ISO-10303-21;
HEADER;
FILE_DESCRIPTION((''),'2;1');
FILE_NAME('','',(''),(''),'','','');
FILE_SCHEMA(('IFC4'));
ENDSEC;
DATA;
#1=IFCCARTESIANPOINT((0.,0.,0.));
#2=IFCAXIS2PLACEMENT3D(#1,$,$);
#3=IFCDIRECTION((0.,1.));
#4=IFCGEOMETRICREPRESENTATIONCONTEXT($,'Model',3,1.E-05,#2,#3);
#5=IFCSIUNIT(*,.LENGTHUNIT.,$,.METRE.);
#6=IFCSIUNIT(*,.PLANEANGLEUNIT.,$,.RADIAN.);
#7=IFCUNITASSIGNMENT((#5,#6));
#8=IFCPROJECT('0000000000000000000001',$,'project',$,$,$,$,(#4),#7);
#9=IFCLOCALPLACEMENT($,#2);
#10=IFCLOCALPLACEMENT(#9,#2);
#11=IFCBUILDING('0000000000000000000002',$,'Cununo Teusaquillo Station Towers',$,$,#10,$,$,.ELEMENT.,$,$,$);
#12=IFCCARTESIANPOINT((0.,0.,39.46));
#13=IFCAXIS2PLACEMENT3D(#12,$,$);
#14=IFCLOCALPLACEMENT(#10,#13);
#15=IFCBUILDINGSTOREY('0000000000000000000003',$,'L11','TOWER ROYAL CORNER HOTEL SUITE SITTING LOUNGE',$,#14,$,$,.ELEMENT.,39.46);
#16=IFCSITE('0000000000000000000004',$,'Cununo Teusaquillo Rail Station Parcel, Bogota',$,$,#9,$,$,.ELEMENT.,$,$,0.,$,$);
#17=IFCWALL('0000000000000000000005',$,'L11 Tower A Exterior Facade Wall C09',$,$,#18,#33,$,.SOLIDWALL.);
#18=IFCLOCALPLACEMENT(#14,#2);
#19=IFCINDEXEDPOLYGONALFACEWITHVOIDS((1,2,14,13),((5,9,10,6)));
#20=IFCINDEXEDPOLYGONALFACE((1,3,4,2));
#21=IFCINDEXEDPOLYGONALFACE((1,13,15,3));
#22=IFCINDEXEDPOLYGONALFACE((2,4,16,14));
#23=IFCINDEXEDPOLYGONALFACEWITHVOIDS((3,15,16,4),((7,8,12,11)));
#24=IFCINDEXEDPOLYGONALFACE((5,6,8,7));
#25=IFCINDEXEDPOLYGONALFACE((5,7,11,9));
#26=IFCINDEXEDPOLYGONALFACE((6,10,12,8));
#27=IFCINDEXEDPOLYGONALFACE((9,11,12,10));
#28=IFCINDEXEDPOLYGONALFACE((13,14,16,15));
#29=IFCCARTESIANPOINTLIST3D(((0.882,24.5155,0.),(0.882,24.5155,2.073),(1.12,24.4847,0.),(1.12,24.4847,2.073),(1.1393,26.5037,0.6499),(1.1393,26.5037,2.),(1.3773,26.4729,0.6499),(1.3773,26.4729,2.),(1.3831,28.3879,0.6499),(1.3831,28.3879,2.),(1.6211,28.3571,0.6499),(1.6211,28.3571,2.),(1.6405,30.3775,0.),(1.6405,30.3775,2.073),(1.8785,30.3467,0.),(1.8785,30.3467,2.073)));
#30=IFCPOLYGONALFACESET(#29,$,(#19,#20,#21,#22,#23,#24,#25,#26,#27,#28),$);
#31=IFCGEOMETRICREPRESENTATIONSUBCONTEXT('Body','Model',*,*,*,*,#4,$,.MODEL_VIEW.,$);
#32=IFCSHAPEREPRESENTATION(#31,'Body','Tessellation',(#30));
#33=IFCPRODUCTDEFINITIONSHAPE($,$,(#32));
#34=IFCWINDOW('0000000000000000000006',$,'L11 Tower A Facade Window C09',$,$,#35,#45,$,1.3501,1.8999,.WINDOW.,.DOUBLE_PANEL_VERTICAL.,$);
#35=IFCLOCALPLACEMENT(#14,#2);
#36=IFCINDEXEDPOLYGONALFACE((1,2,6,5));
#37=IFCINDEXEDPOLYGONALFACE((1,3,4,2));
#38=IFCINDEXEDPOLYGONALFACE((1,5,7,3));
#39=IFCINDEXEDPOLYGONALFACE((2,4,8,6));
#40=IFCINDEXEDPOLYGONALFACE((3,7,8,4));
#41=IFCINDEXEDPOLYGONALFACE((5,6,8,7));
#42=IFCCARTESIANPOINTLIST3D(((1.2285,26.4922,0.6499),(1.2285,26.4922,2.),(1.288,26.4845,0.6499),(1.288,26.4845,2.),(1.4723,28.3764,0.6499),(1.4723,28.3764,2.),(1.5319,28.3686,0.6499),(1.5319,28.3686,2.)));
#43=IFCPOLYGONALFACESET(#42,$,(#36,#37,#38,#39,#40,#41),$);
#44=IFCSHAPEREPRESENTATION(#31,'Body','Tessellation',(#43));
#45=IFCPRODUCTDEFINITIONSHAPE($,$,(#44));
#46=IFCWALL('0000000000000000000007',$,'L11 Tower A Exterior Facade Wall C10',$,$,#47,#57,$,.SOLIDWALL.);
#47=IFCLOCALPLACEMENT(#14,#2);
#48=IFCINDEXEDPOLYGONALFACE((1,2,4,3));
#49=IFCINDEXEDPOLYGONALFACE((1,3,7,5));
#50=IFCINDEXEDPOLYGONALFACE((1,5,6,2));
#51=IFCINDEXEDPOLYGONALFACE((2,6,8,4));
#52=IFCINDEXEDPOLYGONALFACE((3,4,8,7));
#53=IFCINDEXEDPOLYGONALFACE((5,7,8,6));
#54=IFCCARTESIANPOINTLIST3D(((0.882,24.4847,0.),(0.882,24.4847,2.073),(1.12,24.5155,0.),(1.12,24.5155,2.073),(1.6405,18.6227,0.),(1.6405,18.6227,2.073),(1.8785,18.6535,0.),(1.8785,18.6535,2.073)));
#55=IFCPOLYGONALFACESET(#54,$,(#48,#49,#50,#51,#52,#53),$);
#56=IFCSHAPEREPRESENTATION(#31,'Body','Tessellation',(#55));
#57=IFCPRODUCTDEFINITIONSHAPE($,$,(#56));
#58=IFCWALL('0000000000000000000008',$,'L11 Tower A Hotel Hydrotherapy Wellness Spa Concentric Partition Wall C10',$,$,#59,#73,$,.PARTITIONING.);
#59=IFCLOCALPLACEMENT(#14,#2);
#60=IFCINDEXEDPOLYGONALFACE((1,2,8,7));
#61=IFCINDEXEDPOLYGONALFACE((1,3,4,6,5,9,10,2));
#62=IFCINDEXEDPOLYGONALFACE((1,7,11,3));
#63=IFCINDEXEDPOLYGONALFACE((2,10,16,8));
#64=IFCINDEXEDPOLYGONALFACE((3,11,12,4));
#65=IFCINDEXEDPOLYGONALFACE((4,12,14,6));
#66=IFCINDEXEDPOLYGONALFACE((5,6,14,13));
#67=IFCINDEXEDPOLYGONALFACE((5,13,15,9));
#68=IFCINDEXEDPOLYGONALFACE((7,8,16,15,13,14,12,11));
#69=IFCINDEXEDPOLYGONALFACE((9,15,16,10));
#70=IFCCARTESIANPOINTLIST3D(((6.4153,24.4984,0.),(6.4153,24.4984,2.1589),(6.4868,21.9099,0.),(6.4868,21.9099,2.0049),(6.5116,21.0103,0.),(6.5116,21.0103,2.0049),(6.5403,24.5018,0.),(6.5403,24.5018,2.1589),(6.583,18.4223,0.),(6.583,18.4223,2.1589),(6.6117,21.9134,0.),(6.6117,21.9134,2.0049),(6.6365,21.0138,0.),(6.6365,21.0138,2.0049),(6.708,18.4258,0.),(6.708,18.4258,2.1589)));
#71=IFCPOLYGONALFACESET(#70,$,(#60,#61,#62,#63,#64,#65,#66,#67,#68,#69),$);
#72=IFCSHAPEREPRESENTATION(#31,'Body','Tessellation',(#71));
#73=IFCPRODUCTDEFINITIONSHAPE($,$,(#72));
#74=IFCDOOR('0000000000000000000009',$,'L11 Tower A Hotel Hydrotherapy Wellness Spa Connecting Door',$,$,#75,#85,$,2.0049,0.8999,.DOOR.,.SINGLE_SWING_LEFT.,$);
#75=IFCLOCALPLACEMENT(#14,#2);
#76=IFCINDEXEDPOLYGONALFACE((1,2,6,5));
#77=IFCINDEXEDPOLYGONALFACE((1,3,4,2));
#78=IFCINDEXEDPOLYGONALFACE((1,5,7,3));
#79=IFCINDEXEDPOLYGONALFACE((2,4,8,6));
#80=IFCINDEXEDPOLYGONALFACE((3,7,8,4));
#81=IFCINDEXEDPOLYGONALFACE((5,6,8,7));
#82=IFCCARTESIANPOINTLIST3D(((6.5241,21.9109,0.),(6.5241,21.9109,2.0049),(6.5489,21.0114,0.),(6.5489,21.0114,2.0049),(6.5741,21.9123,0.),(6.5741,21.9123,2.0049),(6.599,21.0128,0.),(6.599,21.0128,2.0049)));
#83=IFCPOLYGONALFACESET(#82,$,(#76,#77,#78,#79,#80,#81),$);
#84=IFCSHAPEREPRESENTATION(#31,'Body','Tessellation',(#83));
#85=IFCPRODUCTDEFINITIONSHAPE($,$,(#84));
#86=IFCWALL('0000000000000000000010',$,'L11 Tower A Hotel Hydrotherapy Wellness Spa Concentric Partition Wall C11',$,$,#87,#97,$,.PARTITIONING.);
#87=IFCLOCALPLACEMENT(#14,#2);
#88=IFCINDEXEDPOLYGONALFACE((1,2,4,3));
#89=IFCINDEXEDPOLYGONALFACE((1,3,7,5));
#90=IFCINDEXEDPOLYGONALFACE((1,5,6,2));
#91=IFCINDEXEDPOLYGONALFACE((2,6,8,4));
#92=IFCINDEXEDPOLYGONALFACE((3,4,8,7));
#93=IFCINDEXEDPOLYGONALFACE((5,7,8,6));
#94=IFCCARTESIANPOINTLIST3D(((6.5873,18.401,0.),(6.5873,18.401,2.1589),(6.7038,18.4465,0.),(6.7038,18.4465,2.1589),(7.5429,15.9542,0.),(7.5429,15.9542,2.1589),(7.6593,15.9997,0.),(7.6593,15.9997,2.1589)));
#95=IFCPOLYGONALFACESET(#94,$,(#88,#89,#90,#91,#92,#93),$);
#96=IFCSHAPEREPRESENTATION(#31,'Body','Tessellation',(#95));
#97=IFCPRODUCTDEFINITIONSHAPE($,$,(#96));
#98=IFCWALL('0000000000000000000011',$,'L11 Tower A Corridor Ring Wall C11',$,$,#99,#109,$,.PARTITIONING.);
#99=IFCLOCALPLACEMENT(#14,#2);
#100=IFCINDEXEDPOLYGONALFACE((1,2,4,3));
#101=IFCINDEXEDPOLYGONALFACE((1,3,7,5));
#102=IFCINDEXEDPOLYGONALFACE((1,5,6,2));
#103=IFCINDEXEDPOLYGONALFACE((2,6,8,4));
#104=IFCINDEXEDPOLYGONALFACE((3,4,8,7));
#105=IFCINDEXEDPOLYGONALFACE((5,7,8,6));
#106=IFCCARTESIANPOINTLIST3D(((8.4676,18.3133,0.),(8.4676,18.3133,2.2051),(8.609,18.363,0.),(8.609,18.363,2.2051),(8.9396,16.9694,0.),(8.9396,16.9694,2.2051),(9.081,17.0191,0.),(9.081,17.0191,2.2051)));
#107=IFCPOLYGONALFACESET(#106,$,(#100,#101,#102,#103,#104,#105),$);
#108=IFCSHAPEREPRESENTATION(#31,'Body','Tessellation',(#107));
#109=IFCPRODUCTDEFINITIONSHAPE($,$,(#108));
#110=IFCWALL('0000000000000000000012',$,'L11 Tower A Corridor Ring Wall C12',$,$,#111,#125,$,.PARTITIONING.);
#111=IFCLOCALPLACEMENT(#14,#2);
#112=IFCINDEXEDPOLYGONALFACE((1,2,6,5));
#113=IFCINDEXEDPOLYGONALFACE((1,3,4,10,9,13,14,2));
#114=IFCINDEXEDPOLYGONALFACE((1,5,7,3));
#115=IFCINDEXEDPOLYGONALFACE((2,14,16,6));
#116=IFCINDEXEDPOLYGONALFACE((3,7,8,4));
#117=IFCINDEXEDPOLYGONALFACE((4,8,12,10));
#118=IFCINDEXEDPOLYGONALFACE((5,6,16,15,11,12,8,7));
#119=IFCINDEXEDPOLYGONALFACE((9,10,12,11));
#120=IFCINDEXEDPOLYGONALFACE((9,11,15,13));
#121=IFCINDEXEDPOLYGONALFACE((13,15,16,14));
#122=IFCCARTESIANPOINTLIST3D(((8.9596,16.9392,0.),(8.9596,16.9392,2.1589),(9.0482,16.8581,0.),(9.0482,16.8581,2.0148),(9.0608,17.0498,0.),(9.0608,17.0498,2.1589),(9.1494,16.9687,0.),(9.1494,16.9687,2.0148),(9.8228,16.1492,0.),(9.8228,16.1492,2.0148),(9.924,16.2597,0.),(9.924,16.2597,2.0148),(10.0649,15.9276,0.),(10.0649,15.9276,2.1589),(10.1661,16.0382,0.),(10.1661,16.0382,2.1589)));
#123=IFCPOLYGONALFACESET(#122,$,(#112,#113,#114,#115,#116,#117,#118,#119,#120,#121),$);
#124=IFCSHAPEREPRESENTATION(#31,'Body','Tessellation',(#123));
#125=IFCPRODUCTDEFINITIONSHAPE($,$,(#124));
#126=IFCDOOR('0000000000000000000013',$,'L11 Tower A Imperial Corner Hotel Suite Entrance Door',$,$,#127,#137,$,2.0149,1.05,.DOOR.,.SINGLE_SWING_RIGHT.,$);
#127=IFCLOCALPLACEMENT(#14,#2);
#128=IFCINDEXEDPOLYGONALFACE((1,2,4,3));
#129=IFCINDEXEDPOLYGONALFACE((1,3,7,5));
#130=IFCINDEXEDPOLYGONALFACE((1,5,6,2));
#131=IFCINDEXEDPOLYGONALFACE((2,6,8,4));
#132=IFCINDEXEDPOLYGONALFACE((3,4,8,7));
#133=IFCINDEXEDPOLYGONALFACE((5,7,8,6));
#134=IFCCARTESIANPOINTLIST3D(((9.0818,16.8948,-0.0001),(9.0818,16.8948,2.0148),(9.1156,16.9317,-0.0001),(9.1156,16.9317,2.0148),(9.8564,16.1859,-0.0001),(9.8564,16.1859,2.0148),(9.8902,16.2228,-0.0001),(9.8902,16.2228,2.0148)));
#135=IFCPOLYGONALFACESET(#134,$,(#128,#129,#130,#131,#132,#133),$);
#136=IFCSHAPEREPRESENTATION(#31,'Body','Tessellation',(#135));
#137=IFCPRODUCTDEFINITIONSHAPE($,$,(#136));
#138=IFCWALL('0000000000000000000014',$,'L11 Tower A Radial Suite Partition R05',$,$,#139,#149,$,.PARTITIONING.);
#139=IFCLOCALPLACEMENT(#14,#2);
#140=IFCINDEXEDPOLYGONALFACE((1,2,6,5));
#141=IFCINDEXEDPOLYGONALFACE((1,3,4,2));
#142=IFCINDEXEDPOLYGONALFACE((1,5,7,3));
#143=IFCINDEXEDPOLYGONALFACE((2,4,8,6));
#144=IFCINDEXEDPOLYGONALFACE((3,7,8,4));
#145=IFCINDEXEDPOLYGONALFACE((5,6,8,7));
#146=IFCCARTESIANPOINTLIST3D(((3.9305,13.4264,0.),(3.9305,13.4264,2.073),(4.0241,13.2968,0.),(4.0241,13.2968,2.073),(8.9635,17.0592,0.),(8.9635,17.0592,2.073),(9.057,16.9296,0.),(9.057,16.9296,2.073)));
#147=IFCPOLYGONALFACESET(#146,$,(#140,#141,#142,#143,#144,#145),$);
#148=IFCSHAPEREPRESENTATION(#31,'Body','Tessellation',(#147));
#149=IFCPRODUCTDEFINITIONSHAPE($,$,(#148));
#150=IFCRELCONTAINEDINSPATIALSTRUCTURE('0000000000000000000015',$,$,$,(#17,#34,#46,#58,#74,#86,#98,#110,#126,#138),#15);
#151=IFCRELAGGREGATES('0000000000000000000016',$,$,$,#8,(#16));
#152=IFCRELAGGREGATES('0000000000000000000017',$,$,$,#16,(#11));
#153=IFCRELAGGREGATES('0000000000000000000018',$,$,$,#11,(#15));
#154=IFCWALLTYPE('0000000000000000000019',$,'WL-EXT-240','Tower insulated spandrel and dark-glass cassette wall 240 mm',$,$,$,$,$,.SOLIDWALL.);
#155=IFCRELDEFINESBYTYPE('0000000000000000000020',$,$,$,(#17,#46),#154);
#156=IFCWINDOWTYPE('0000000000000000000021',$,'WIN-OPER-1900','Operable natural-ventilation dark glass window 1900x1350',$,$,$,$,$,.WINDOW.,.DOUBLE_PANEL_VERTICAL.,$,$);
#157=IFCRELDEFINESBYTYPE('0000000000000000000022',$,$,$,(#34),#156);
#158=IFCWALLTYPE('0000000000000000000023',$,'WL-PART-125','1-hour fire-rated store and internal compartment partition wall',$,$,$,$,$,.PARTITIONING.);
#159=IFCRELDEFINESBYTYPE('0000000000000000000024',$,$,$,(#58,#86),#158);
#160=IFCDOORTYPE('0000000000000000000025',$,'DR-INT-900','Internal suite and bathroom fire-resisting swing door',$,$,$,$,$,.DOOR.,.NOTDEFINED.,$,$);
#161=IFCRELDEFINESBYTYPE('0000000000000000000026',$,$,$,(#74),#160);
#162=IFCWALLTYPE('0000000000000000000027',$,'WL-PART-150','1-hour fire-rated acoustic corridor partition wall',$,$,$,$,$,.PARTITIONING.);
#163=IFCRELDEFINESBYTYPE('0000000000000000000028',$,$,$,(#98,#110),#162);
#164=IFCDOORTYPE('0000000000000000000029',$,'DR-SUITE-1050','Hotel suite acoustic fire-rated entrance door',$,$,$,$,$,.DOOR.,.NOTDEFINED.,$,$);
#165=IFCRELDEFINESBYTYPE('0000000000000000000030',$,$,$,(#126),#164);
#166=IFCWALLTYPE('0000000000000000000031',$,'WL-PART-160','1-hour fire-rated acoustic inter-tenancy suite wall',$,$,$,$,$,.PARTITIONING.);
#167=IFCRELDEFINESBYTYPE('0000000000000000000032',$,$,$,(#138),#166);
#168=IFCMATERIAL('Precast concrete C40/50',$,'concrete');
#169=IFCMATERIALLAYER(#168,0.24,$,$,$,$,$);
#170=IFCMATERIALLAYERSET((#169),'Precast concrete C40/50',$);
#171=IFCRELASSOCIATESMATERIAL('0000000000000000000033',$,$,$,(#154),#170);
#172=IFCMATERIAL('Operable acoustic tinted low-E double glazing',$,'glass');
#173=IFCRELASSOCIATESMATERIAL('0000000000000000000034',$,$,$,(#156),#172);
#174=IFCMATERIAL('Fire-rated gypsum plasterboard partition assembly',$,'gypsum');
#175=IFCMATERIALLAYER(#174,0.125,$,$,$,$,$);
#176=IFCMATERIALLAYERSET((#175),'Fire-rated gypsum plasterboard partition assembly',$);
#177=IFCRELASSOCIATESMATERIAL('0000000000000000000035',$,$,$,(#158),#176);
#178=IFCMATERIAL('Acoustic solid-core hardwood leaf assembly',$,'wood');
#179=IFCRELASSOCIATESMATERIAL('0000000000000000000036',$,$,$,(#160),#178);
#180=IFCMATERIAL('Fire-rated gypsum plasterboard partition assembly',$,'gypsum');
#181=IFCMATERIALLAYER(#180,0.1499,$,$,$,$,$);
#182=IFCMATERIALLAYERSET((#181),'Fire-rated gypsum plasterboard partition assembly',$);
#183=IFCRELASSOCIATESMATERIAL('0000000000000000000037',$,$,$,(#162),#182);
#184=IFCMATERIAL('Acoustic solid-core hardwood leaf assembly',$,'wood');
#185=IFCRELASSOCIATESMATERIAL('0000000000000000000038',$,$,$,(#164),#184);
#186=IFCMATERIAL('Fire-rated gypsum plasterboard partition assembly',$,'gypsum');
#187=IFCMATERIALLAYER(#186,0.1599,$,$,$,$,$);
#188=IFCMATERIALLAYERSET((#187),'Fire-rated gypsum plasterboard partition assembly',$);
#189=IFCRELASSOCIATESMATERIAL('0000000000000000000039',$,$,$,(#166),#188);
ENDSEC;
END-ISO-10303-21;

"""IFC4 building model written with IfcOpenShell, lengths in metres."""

from ifc_helpers import new_model, si_unit, direction, frame, frame_2d, origin, place, context, subcontext, project, spatial, rectangle, extrude, source, transform, mapped, material, layer, layer_set, type_object, element, fill, save


model = new_model("IFC4")

# Units and contexts
model_context = context("Model", 3, precision=1e-05, world=origin(), true_north=direction((0.0, 1.0)))
body_context = subcontext(model_context, "Body", "Model", "MODEL_VIEW")
ifc_project = project(units=[si_unit("LENGTHUNIT", "METRE"), si_unit("PLANEANGLEUNIT", "RADIAN")], contexts=[model_context])

# Site, building, storey
site_placement = place(None, origin())
site = spatial("IfcSite", under=ifc_project, at=site_placement, Name="Cununo Teusaquillo Rail Station Parcel, Bogota", CompositionType="ELEMENT", RefElevation=0.0)
building_placement = place(site_placement, origin())
building = spatial("IfcBuilding", under=site, at=building_placement, Name="Cununo Teusaquillo Station Towers", CompositionType="ELEMENT")
storey_placement = place(building_placement, frame((0.0, 0.0, 39.46)))
storey = spatial("IfcBuildingStorey", under=building, at=storey_placement, Name="L11", Description="TOWER ROYAL CORNER HOTEL SUITE SITTING LOUNGE", CompositionType="ELEMENT", Elevation=39.46)

# Wall, opening, window
ifc_material_1 = material(Name="Precast concrete C40/50", Category="concrete")
ifc_layer_1 = layer(ifc_material_1, 0.24)
ifc_layer_set_1 = layer_set([ifc_layer_1], Name="Precast concrete C40/50")
wall_type_1 = type_object("IfcWallType", Name="WL-EXT-240", Description="Tower insulated spandrel and dark-glass cassette wall 240 mm", PredefinedType="SOLIDWALL", material=ifc_layer_set_1)
wall_1_placement = place(storey_placement, frame((1.001, 24.5, 0.0), z_axis=(0.0, 0.0, 1.0), x_axis=(0.128329, 0.991732, 0.0)))
wall_1 = element("IfcWall", 1, at=wall_1_placement, inside=storey, type_object=wall_type_1, Name="L11 Tower A Exterior Facade Wall C09", PredefinedType="SOLIDWALL", context=body_context, shape_type="SweptSolid", body=[
    extrude(rectangle(XDim=5.9109, YDim=0.24, at=frame_2d((2.9556, 0.0))), origin(), (0.0, 0.0, 1.0), 2.073),
])
shared_shape_1 = source(origin(), body_context, "Body", "SweptSolid", [
    extrude(rectangle(XDim=1.8999, YDim=1.3501, at=frame_2d((0.95, 0.675))), frame((0.0, 0.1299, 0.0), z_axis=(0.0, -1.0, 0.0), x_axis=(1.0, 0.0, 0.0)), (0.0, 0.0, 1.0), 0.26),
])
opening_1_placement = place(wall_1_placement, frame((2.0049, 0.0, 0.6499)))
opening_1 = element("IfcOpeningElement", 2, at=opening_1_placement, cuts=wall_1, PredefinedType="OPENING", context=body_context, shape_type="MappedRepresentation", body=[
    mapped(shared_shape_1, transform((0.0, 0.0, 0.0), x_axis=(1.0, 0.0, 0.0), y_axis=(0.0, 1.0, 0.0), z_axis=(0.0, 0.0, 1.0), scale=1.0)),
])
ifc_material_2 = material(Name="Operable acoustic tinted low-E double glazing", Category="glass")
window_type = type_object("IfcWindowType", Name="WIN-OPER-1900", Description="Operable natural-ventilation dark glass window 1900x1350", PartitioningType="DOUBLE_PANEL_VERTICAL", PredefinedType="WINDOW", material=ifc_material_2)
shared_shape_2 = source(origin(), body_context, "Body", "SweptSolid", [
    extrude(rectangle(XDim=1.8999, YDim=1.3501, at=frame_2d((0.95, 0.675))), frame((0.0, 0.03, 0.0), z_axis=(0.0, -1.0, 0.0), x_axis=(1.0, 0.0, 0.0)), (0.0, 0.0, 1.0), 0.0601),
])
window_placement = place(opening_1_placement, origin())
window = element("IfcWindow", 3, at=window_placement, inside=storey, type_object=window_type, Name="L11 Tower A Facade Window C09", OverallHeight=1.3501, OverallWidth=1.8999, PartitioningType="DOUBLE_PANEL_VERTICAL", PredefinedType="WINDOW", context=body_context, shape_type="MappedRepresentation", body=[
    mapped(shared_shape_2, transform((0.0, 0.0, 0.0), x_axis=(1.0, 0.0, 0.0), y_axis=(0.0, 1.0, 0.0), z_axis=(0.0, 0.0, 1.0), scale=1.0)),
])
fill(opening_1, window)

# Wall
wall_2_placement = place(storey_placement, frame((1.7595, 18.6379, 0.0), z_axis=(0.0, 0.0, 1.0), x_axis=(-0.128329, 0.991732, 0.0)))
element("IfcWall", 4, at=wall_2_placement, inside=storey, type_object=wall_type_1, Name="L11 Tower A Exterior Facade Wall C10", PredefinedType="SOLIDWALL", context=body_context, shape_type="SweptSolid", body=[
    extrude(rectangle(XDim=5.9109, YDim=0.24, at=frame_2d((2.9556, 0.0))), origin(), (0.0, 0.0, 1.0), 2.073),
])

# Wall, opening, door
ifc_material_3 = material(Name="Fire-rated gypsum plasterboard partition assembly", Category="gypsum")
ifc_layer_2 = layer(ifc_material_3, 0.125)
ifc_layer_set_2 = layer_set([ifc_layer_2], Name="Fire-rated gypsum plasterboard partition assembly")
wall_type_2 = type_object("IfcWallType", Name="WL-PART-125", Description="1-hour fire-rated store and internal compartment partition wall", PredefinedType="PARTITIONING", material=ifc_layer_set_2)
wall_3_placement = place(storey_placement, frame((6.4778, 24.5, 0.0), z_axis=(0.0, 0.0, 1.0), x_axis=(0.027593, -0.999619, 0.0)))
wall_3 = element("IfcWall", 5, at=wall_3_placement, inside=storey, type_object=wall_type_2, Name="L11 Tower A Hotel Hydrotherapy Wellness Spa Concentric Partition Wall C10", PredefinedType="PARTITIONING", context=body_context, shape_type="SweptSolid", body=[
    extrude(rectangle(XDim=6.0784, YDim=0.125, at=frame_2d((3.0391, 0.0))), origin(), (0.0, 0.0, 1.0), 2.1589),
])
shared_shape_3 = source(origin(), body_context, "Body", "SweptSolid", [
    extrude(rectangle(XDim=0.8999, YDim=2.0049, at=frame_2d((0.45, 1.0024))), frame((0.0, 0.0725, 0.0), z_axis=(0.0, -1.0, 0.0), x_axis=(1.0, 0.0, 0.0)), (0.0, 0.0, 1.0), 0.145),
])
opening_2_placement = place(wall_3_placement, frame((2.5894, 0.0, 0.0)))
opening_2 = element("IfcOpeningElement", 6, at=opening_2_placement, cuts=wall_3, PredefinedType="OPENING", context=body_context, shape_type="MappedRepresentation", body=[
    mapped(shared_shape_3, transform((0.0, 0.0, 0.0), x_axis=(1.0, 0.0, 0.0), y_axis=(0.0, 1.0, 0.0), z_axis=(0.0, 0.0, 1.0), scale=1.0)),
])
ifc_material_4 = material(Name="Acoustic solid-core hardwood leaf assembly", Category="wood")
door_type_1 = type_object("IfcDoorType", Name="DR-INT-900", Description="Internal suite and bathroom fire-resisting swing door", OperationType="NOTDEFINED", PredefinedType="DOOR", material=ifc_material_4)
shared_shape_4 = source(origin(), body_context, "Body", "SweptSolid", [
    extrude(rectangle(XDim=0.8999, YDim=2.0049, at=frame_2d((0.45, 1.0024))), frame((0.0, 0.0249, 0.0), z_axis=(0.0, -1.0, 0.0), x_axis=(1.0, 0.0, 0.0)), (0.0, 0.0, 1.0), 0.05),
])
door_1_placement = place(opening_2_placement, origin())
door_1 = element("IfcDoor", 7, at=door_1_placement, inside=storey, type_object=door_type_1, Name="L11 Tower A Hotel Hydrotherapy Wellness Spa Connecting Door", OperationType="SINGLE_SWING_LEFT", OverallHeight=2.0049, OverallWidth=0.8999, PredefinedType="DOOR", context=body_context, shape_type="MappedRepresentation", body=[
    mapped(shared_shape_4, transform((0.0, 0.0, 0.0), x_axis=(1.0, 0.0, 0.0), y_axis=(0.0, 1.0, 0.0), z_axis=(0.0, 0.0, 1.0), scale=1.0)),
])
fill(opening_2, door_1)

# Walls
wall_4_placement = place(storey_placement, frame((6.6455, 18.4238, 0.0), z_axis=(0.0, 0.0, 1.0), x_axis=(0.363782, -0.931484, 0.0)))
element("IfcWall", 8, at=wall_4_placement, inside=storey, type_object=wall_type_2, Name="L11 Tower A Hotel Hydrotherapy Wellness Spa Concentric Partition Wall C11", PredefinedType="PARTITIONING", context=body_context, shape_type="SweptSolid", body=[
    extrude(rectangle(XDim=2.6267, YDim=0.125, at=frame_2d((1.3135, 0.0))), origin(), (0.0, 0.0, 1.0), 2.1589),
])
ifc_material_5 = material(Name="Fire-rated gypsum plasterboard partition assembly", Category="gypsum")
ifc_layer_3 = layer(ifc_material_5, 0.1499)
ifc_layer_set_3 = layer_set([ifc_layer_3], Name="Fire-rated gypsum plasterboard partition assembly")
wall_type_3 = type_object("IfcWallType", Name="WL-PART-150", Description="1-hour fire-rated acoustic corridor partition wall", PredefinedType="PARTITIONING", material=ifc_layer_set_3)
wall_5_placement = place(storey_placement, frame((8.5383, 18.3381, 0.0), z_axis=(0.0, 0.0, 1.0), x_axis=(0.331358, -0.943505, 0.0)))
element("IfcWall", 9, at=wall_5_placement, inside=storey, type_object=wall_type_3, Name="L11 Tower A Corridor Ring Wall C11", PredefinedType="PARTITIONING", context=body_context, shape_type="SweptSolid", body=[
    extrude(rectangle(XDim=1.4243, YDim=0.1499, at=frame_2d((0.7122, 0.0))), origin(), (0.0, 0.0, 1.0), 2.2051),
])

# Wall, opening, door
wall_6_placement = place(storey_placement, frame((9.0103, 16.9944, 0.0), z_axis=(0.0, 0.0, 1.0), x_axis=(0.737702, -0.675127, 0.0)))
wall_6 = element("IfcWall", 10, at=wall_6_placement, inside=storey, type_object=wall_type_3, Name="L11 Tower A Corridor Ring Wall C12", PredefinedType="PARTITIONING", context=body_context, shape_type="SweptSolid", body=[
    extrude(rectangle(XDim=1.4983, YDim=0.1499, at=frame_2d((0.749, 0.0))), origin(), (0.0, 0.0, 1.0), 2.1589),
])
shared_shape_5 = source(origin(), body_context, "Body", "SweptSolid", [
    extrude(rectangle(XDim=1.05, YDim=2.0149, at=frame_2d((0.5249, 1.0073))), frame((0.0, 0.085, 0.0), z_axis=(0.0, -1.0, 0.0), x_axis=(1.0, 0.0, 0.0)), (0.0, 0.0, 1.0), 0.1699),
])
opening_3_placement = place(wall_6_placement, frame((0.1201, 0.0, 0.0)))
opening_3 = element("IfcOpeningElement", 11, at=opening_3_placement, cuts=wall_6, PredefinedType="OPENING", context=body_context, shape_type="MappedRepresentation", body=[
    mapped(shared_shape_5, transform((0.0, 0.0, 0.0), x_axis=(1.0, 0.0, 0.0), y_axis=(0.0, 1.0, 0.0), z_axis=(0.0, 0.0, 1.0), scale=1.0)),
])
ifc_material_6 = material(Name="Acoustic solid-core hardwood leaf assembly", Category="wood")
door_type_2 = type_object("IfcDoorType", Name="DR-SUITE-1050", Description="Hotel suite acoustic fire-rated entrance door", OperationType="NOTDEFINED", PredefinedType="DOOR", material=ifc_material_6)
shared_shape_6 = source(origin(), body_context, "Body", "SweptSolid", [
    extrude(rectangle(XDim=1.05, YDim=2.0149, at=frame_2d((0.5249, 1.0073))), frame((0.0, 0.0249, 0.0), z_axis=(0.0, -1.0, 0.0), x_axis=(1.0, 0.0, 0.0)), (0.0, 0.0, 1.0), 0.05),
])
door_2_placement = place(opening_3_placement, origin())
door_2 = element("IfcDoor", 12, at=door_2_placement, inside=storey, type_object=door_type_2, Name="L11 Tower A Imperial Corner Hotel Suite Entrance Door", OperationType="SINGLE_SWING_RIGHT", OverallHeight=2.0149, OverallWidth=1.05, PredefinedType="DOOR", context=body_context, shape_type="MappedRepresentation", body=[
    mapped(shared_shape_6, transform((0.0, 0.0, 0.0), x_axis=(1.0, 0.0, 0.0), y_axis=(0.0, 1.0, 0.0), z_axis=(0.0, 0.0, 1.0), scale=1.0)),
])
fill(opening_3, door_2)

# Wall
ifc_material_7 = material(Name="Fire-rated gypsum plasterboard partition assembly", Category="gypsum")
ifc_layer_4 = layer(ifc_material_7, 0.1599)
ifc_layer_set_4 = layer_set([ifc_layer_4], Name="Fire-rated gypsum plasterboard partition assembly")
wall_type_4 = type_object("IfcWallType", Name="WL-PART-160", Description="1-hour fire-rated acoustic inter-tenancy suite wall", PredefinedType="PARTITIONING", material=ifc_layer_set_4)
wall_7_placement = place(storey_placement, frame((9.0103, 16.9944, 0.0), z_axis=(0.0, 0.0, 1.0), x_axis=(-0.81084, -0.585268, 0.0)))
element("IfcWall", 13, at=wall_7_placement, inside=storey, type_object=wall_type_4, Name="L11 Tower A Radial Suite Partition R05", PredefinedType="PARTITIONING", context=body_context, shape_type="SweptSolid", body=[
    extrude(rectangle(XDim=6.207, YDim=0.1599, at=frame_2d((3.1035, 0.0))), origin(), (0.0, 0.0, 1.0), 2.073),
])

save(model, "model.ifc")
